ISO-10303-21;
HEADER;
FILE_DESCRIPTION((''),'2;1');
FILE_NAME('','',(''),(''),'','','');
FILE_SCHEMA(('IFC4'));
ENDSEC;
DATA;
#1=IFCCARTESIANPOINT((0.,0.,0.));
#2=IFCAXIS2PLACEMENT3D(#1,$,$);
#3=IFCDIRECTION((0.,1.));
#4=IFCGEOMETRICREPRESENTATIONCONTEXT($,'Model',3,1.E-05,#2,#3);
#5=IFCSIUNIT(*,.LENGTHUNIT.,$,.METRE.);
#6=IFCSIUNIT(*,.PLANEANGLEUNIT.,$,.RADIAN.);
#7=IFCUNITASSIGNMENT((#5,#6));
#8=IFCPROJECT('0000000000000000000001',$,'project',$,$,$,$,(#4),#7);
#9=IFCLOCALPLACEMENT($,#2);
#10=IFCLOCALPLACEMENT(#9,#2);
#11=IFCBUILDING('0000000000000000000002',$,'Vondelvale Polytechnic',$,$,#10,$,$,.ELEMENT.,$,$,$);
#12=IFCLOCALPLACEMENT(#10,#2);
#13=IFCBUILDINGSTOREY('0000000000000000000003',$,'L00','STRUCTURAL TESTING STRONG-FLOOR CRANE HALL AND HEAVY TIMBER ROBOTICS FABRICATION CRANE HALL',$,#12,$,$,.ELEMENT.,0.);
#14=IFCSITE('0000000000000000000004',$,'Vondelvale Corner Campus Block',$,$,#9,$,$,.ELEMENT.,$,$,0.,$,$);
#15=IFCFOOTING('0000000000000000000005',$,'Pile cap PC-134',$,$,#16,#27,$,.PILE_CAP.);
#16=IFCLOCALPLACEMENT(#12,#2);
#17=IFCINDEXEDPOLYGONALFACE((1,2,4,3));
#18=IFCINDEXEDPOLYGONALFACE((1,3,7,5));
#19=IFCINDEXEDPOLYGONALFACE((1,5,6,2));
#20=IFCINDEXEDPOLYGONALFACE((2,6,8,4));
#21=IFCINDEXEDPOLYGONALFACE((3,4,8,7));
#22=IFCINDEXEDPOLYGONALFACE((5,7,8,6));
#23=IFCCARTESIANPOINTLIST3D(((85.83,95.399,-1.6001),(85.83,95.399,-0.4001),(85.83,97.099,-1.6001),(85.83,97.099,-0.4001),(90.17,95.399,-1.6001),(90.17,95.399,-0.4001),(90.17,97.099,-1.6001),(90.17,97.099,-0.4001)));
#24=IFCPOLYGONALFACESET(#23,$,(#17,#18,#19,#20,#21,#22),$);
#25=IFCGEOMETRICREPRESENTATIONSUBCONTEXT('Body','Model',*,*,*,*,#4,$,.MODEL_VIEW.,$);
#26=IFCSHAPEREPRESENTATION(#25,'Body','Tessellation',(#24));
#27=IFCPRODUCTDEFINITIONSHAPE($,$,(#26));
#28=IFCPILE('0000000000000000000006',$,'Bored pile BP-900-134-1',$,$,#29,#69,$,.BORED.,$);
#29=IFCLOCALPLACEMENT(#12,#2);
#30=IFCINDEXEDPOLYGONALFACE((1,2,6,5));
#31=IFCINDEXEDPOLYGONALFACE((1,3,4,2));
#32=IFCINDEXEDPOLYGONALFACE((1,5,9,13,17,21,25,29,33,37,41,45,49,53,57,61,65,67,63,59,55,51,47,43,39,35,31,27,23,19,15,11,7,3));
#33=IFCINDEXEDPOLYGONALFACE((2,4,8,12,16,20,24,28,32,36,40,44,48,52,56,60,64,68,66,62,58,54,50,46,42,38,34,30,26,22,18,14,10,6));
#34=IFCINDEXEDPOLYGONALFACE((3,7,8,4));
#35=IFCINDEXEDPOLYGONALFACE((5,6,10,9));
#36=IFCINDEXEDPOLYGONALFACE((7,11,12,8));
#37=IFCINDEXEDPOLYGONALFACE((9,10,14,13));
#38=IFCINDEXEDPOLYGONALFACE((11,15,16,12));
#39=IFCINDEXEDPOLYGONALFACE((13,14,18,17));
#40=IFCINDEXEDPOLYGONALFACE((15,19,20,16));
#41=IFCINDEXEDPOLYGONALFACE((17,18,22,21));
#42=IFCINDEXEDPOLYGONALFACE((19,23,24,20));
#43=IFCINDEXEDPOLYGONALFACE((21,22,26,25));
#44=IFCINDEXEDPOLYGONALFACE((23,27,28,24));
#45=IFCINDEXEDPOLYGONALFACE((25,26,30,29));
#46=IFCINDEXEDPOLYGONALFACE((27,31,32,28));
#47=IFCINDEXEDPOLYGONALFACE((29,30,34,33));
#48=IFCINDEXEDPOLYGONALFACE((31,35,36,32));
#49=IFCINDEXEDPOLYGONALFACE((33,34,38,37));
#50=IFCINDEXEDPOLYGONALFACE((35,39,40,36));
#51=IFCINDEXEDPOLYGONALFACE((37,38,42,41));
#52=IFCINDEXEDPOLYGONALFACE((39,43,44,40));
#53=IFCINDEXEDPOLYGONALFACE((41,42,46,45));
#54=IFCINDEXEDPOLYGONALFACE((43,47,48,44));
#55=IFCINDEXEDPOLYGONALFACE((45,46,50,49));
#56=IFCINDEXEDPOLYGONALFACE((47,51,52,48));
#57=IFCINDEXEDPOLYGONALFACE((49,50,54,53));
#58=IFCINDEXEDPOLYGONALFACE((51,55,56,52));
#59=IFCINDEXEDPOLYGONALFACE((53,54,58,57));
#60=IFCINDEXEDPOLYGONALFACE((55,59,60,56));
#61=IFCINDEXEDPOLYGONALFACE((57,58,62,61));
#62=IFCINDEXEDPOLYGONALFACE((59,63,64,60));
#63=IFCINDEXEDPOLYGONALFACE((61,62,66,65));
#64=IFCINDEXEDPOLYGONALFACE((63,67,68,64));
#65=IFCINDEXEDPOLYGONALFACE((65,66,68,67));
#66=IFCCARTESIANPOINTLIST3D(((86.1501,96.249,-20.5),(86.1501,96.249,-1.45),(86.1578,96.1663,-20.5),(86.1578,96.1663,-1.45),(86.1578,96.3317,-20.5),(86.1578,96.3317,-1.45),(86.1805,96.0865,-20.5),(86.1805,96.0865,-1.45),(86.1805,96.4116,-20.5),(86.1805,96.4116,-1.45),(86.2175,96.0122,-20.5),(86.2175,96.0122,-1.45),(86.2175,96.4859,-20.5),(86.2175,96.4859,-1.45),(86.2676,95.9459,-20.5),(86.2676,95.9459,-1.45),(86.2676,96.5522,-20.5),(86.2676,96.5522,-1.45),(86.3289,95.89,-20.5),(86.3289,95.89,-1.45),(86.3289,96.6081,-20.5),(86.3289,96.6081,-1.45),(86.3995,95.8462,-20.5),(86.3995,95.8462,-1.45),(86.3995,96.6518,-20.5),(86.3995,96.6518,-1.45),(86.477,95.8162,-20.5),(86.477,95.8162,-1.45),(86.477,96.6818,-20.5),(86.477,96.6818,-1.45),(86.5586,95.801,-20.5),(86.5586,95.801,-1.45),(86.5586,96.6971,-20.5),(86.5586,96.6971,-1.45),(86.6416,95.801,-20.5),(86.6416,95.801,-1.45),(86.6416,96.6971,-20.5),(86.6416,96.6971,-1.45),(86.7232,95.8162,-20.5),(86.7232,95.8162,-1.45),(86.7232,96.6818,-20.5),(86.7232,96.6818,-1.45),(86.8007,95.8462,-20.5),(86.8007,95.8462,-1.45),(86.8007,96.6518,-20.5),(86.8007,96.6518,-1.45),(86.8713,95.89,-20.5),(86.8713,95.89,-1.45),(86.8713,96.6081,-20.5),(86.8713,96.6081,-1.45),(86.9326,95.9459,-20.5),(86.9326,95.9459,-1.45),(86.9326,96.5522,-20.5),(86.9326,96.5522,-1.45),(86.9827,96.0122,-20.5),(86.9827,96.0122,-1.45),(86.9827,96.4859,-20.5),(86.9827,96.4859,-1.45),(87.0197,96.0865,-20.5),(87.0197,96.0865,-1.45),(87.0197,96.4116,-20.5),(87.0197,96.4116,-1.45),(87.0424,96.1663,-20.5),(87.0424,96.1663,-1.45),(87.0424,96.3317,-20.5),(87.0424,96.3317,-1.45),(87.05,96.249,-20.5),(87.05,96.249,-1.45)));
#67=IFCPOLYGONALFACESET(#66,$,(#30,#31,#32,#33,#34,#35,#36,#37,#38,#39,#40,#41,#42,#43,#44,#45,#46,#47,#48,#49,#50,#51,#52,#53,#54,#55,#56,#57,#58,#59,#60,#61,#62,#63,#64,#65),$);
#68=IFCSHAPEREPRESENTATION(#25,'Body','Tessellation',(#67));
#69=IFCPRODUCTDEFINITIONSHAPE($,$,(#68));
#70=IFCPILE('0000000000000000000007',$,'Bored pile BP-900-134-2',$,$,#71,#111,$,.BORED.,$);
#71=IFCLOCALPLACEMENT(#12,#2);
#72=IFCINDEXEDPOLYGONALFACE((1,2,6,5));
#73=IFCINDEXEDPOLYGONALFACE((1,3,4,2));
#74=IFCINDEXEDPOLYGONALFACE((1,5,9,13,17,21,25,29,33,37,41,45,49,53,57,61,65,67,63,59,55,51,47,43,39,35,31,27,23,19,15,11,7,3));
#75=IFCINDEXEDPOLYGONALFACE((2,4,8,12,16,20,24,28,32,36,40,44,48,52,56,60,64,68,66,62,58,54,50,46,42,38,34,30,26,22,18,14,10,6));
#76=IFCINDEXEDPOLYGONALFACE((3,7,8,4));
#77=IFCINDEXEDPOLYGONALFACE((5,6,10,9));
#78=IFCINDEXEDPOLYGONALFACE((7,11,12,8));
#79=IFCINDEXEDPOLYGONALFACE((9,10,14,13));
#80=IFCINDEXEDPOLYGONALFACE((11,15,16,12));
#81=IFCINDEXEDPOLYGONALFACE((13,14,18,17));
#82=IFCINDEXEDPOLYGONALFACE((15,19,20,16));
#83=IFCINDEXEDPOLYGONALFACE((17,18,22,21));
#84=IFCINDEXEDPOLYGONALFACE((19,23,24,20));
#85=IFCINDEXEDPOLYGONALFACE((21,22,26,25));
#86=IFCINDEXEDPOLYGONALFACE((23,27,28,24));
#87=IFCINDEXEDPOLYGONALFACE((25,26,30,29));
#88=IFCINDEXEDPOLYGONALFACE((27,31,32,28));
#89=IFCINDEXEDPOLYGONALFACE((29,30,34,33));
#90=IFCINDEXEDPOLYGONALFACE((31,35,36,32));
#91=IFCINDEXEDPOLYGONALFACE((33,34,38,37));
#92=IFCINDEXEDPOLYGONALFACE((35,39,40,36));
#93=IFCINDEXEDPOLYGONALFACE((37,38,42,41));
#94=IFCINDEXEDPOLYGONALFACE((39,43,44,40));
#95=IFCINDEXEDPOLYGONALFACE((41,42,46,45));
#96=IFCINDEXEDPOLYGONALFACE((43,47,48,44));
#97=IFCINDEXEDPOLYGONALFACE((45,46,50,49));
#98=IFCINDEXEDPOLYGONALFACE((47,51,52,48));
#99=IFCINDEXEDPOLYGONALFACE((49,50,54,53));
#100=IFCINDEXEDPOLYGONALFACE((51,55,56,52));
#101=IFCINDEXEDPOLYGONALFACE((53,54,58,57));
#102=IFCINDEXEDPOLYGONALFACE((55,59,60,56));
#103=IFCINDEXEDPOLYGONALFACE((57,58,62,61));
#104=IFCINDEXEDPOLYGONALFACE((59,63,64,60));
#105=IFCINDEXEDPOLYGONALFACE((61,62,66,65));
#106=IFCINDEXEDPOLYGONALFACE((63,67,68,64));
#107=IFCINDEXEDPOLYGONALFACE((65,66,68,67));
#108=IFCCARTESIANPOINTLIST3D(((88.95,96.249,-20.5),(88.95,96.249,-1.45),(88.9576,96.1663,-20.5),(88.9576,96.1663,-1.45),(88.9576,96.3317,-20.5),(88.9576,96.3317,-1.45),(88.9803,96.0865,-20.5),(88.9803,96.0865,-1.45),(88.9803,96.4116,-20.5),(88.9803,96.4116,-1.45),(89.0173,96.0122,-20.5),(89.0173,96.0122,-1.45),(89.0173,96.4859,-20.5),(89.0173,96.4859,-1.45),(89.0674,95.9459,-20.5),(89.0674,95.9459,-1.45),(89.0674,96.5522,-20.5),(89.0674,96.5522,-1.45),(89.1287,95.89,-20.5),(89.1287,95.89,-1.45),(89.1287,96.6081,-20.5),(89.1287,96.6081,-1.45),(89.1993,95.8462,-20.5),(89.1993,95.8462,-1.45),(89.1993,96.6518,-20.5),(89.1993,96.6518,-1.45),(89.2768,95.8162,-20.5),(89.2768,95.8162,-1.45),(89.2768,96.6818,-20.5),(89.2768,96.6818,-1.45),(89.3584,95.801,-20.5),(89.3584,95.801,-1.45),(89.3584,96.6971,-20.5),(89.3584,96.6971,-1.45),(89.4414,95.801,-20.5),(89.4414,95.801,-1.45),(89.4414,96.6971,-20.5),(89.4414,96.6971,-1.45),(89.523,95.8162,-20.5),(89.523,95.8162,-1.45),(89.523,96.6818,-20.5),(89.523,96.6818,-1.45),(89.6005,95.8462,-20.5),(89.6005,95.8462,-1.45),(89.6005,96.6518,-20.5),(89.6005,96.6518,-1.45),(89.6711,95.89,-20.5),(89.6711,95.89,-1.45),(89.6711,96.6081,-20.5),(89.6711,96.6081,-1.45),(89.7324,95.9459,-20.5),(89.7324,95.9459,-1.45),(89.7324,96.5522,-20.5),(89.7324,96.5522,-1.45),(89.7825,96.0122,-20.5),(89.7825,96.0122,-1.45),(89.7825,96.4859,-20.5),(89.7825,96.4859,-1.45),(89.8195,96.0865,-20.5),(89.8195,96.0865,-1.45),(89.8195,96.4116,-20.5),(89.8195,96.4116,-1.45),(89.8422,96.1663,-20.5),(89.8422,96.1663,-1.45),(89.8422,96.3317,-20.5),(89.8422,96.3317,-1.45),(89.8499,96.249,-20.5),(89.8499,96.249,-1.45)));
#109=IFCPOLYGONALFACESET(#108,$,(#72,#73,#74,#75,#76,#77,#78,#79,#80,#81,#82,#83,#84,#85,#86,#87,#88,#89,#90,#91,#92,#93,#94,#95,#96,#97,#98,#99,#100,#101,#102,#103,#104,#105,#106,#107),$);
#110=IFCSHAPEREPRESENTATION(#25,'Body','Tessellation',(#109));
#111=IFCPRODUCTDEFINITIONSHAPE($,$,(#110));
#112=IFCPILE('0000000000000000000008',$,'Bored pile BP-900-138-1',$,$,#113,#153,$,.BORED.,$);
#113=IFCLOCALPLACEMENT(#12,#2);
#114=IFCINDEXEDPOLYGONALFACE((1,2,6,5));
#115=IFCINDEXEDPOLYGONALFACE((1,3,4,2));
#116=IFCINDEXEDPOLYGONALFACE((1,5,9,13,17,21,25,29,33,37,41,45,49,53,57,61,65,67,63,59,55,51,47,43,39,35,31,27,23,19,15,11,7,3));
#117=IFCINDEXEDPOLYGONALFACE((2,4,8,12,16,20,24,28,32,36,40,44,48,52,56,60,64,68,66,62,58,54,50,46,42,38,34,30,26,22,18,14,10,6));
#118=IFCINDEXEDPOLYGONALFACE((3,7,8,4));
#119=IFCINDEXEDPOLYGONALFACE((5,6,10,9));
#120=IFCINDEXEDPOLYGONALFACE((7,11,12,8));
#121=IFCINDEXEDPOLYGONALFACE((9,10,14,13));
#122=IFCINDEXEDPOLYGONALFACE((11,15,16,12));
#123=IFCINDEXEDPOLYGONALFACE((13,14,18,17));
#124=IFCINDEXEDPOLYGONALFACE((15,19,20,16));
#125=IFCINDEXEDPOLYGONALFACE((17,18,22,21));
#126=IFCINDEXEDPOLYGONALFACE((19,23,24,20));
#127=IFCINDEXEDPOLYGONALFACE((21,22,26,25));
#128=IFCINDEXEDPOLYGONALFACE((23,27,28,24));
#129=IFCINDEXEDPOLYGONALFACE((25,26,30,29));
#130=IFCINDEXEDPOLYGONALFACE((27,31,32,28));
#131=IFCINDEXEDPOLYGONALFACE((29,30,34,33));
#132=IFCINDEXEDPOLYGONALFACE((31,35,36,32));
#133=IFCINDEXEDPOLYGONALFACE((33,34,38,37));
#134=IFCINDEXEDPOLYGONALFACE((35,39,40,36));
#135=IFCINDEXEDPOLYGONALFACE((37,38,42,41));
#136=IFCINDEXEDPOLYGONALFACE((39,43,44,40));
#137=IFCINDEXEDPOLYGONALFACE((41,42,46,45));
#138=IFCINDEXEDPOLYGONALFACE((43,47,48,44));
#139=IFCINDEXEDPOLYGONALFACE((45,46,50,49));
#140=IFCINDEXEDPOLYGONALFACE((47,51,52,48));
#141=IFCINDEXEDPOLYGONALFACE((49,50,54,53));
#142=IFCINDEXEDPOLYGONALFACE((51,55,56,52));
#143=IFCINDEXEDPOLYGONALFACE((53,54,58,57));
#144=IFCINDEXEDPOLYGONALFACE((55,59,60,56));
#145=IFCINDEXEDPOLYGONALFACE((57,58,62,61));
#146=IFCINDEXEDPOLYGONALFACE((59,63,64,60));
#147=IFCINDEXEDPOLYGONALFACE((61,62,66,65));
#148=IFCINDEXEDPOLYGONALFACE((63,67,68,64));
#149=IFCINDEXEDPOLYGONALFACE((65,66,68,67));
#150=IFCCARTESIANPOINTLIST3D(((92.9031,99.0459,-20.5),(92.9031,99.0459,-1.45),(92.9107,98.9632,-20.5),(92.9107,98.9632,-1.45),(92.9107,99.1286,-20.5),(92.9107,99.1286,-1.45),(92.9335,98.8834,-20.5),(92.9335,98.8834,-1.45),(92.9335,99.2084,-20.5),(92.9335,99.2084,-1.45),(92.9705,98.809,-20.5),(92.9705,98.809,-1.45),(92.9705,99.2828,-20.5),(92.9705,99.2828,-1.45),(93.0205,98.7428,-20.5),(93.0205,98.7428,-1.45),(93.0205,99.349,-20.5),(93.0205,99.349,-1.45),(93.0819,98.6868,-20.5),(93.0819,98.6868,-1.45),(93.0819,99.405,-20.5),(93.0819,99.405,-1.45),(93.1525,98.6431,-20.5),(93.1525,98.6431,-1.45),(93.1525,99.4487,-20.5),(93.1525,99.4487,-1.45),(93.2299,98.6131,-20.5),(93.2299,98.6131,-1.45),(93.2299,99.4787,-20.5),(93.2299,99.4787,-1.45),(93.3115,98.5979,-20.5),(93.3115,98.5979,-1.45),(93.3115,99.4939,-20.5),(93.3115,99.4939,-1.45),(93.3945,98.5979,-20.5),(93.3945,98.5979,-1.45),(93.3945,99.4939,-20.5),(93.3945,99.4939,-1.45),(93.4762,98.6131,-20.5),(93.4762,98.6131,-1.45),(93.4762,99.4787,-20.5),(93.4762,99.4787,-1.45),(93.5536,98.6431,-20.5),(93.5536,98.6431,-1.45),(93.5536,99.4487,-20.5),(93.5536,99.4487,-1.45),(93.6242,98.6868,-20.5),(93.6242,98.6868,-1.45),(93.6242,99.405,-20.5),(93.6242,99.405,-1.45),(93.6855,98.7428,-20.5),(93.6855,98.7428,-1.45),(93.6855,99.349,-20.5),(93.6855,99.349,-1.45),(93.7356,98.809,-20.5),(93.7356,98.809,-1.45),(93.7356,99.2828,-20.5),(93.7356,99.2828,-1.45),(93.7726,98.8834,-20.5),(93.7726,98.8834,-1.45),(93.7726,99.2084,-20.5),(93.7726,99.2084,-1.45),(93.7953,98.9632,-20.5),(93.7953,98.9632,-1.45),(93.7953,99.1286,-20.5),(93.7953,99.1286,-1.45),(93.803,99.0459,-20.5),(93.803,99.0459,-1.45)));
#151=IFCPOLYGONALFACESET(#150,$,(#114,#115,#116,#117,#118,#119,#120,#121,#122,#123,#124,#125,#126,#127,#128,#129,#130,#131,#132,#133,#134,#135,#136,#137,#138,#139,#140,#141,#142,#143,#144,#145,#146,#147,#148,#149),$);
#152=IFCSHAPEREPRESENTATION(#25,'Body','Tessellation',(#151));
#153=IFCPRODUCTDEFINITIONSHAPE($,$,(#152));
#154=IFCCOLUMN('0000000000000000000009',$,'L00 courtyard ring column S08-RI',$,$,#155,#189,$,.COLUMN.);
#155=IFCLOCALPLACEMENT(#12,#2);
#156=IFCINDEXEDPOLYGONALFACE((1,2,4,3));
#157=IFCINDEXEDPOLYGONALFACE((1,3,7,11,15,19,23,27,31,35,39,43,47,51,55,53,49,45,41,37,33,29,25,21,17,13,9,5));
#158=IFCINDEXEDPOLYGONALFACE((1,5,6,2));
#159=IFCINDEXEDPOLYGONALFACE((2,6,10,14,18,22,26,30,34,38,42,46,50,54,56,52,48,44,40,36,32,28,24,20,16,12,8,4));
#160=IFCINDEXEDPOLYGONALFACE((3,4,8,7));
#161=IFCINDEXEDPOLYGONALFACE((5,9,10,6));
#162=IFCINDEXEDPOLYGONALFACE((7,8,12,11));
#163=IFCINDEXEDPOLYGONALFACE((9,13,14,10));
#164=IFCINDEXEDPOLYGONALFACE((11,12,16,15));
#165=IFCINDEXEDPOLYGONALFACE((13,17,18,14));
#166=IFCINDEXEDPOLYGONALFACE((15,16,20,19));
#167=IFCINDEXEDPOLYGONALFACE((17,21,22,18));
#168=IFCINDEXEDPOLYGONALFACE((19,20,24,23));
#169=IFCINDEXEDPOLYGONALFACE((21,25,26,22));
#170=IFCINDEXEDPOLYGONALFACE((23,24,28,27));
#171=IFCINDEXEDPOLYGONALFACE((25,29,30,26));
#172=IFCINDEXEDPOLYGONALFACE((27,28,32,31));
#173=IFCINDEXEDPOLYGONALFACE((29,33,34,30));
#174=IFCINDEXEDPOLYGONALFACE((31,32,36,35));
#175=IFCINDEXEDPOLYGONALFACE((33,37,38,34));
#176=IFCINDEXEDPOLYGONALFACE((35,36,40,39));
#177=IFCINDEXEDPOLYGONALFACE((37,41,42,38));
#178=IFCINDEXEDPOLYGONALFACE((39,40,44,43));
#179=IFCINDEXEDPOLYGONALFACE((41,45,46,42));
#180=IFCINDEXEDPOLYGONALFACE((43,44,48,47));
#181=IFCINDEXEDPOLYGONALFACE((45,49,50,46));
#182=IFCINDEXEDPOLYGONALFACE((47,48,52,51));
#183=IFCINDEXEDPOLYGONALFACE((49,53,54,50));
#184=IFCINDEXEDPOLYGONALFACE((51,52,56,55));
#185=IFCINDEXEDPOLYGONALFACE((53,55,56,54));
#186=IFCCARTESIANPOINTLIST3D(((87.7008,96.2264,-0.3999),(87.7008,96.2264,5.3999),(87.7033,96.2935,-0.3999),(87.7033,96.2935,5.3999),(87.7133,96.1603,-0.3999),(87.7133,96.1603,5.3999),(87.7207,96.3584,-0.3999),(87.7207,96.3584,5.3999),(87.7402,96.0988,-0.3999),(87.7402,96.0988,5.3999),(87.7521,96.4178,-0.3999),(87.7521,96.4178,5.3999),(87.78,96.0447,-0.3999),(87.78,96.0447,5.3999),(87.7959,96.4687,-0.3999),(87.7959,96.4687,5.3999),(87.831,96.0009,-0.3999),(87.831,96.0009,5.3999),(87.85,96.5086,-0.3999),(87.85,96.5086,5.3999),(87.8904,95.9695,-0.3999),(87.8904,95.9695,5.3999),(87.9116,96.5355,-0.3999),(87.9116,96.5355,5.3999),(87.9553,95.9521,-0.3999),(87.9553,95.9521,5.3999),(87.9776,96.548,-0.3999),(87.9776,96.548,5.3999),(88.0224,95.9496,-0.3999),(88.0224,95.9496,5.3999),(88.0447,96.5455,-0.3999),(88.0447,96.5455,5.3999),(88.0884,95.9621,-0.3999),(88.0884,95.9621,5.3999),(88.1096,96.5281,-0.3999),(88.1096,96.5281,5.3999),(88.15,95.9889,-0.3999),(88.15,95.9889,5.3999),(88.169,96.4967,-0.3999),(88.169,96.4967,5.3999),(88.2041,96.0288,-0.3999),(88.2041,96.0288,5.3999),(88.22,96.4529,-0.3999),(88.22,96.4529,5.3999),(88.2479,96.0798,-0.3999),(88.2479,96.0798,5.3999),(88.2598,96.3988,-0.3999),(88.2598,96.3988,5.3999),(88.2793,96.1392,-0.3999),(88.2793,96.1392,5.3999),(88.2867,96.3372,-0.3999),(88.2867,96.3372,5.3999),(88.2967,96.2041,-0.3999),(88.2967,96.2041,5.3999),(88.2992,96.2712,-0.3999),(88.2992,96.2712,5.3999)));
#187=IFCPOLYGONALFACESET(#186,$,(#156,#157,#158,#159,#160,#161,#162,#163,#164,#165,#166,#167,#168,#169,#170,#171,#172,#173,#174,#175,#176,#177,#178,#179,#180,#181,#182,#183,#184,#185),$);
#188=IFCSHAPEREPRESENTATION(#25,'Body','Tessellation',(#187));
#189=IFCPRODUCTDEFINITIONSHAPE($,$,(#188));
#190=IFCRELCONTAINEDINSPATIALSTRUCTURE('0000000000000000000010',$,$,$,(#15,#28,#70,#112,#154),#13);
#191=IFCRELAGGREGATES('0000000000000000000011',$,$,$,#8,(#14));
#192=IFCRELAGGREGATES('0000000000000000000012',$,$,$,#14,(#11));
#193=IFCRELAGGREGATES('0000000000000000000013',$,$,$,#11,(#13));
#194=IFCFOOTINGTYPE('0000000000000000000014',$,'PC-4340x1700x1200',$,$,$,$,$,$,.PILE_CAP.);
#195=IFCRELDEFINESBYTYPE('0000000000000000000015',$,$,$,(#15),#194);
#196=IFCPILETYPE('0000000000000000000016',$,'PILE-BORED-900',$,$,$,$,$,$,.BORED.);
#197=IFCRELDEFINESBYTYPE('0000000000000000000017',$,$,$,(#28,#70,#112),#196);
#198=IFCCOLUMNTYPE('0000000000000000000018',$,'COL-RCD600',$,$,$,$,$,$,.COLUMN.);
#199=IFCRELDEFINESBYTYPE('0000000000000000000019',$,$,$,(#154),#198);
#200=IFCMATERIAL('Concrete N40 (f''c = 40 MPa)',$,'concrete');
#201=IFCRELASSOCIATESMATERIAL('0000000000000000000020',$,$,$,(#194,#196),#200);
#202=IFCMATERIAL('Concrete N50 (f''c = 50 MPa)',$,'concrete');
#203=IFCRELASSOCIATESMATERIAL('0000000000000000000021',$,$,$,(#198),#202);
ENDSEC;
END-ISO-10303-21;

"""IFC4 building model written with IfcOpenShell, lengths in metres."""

from ifc_helpers import new_model, si_unit, direction, frame, origin, origin_2d, place, context, subcontext, project, spatial, rectangle, circle, extrude, material, material_profile, profile_set, type_object, element, save


model = new_model("IFC4")

# Units and contexts
model_context = context("Model", 3, precision=1e-05, world=origin(), true_north=direction((0.0, 1.0)))
body_context = subcontext(model_context, "Body", "Model", "MODEL_VIEW")
ifc_project = project(units=[si_unit("LENGTHUNIT", "METRE"), si_unit("PLANEANGLEUNIT", "RADIAN")], contexts=[model_context])

# Site, building, storey
site_placement = place(None, origin())
site = spatial("IfcSite", under=ifc_project, at=site_placement, Name="Vondelvale Corner Campus Block", CompositionType="ELEMENT", RefElevation=0.0)
building_placement = place(site_placement, origin())
building = spatial("IfcBuilding", under=site, at=building_placement, Name="Vondelvale Polytechnic", CompositionType="ELEMENT")
storey_placement = place(building_placement, origin())
storey = spatial("IfcBuildingStorey", under=building, at=storey_placement, Name="L00", Description="STRUCTURAL TESTING STRONG-FLOOR CRANE HALL AND HEAVY TIMBER ROBOTICS FABRICATION CRANE HALL", CompositionType="ELEMENT", Elevation=0.0)

# Footing
ifc_material_1 = material(Name="Concrete N40 (f'c = 40 MPa)", Category="concrete")
footing_type = type_object("IfcFootingType", Name="PC-4340x1700x1200", PredefinedType="PILE_CAP", material=ifc_material_1)
footing_placement = place(storey_placement, frame((88.0, 96.249, -1.6001), z_axis=(0.0, 0.0, 1.0), x_axis=(1.0, 0.0, 0.0)))
element("IfcFooting", 1, at=footing_placement, inside=storey, type_object=footing_type, Name="Pile cap PC-134", PredefinedType="PILE_CAP", context=body_context, shape_type="SweptSolid", body=[
    extrude(rectangle(XDim=4.3401, YDim=1.7, at=origin_2d()), origin(), (0.0, 0.0, 1.0), 1.2),
])

# Piles
ifc_material_profile_1 = material_profile(ifc_material_1, circle(Radius=0.45, at=origin_2d()), Name="PILE-D900")
ifc_profile_set_1 = profile_set([ifc_material_profile_1], Name="Concrete N40 (f'c = 40 MPa)")
pile_type = type_object("IfcPileType", Name="PILE-BORED-900", PredefinedType="BORED", material=ifc_profile_set_1)
for number, where, z_axis, x_axis, name in (
    (2, (86.6001, 96.249, -1.45), (0.0, 0.0, -1.0), (1.0, 0.0, 0.0), "Bored pile BP-900-134-1"),
    (3, (89.3999, 96.249, -1.45), (0.0, 0.0, -1.0), (1.0, 0.0, 0.0), "Bored pile BP-900-134-2"),
    (4, (93.353, 99.0459, -1.45), (0.0, 0.0, -1.0), (1.0, 0.0, 0.0), "Bored pile BP-900-138-1"),
):
    element("IfcPile", number, at=place(storey_placement, frame(where, z_axis=z_axis, x_axis=x_axis)), inside=storey, type_object=pile_type, Name=name, PredefinedType="BORED", context=body_context, shape_type="SweptSolid", body=[
        extrude(circle(Radius=0.45, at=origin_2d()), origin(), (0.0, 0.0, 1.0), 19.05),
    ])

# Column
ifc_material_2 = material(Name="Concrete N50 (f'c = 50 MPa)", Category="concrete")
ifc_material_profile_2 = material_profile(ifc_material_2, circle(Radius=0.3, at=origin_2d()), Name="RC-COL-D600")
ifc_profile_set_2 = profile_set([ifc_material_profile_2], Name="Concrete N50 (f'c = 50 MPa)")
column_type = type_object("IfcColumnType", Name="COL-RCD600", PredefinedType="COLUMN", material=ifc_profile_set_2)
column_placement = place(storey_placement, frame((88.0, 96.2488, -0.3999), z_axis=(0.0, 0.0, 1.0), x_axis=(-0.5, 0.866025, 0.0)))
element("IfcColumn", 5, at=column_placement, inside=storey, type_object=column_type, Name="L00 courtyard ring column S08-RI", PredefinedType="COLUMN", context=body_context, shape_type="SweptSolid", body=[
    extrude(circle(Radius=0.3, at=origin_2d()), origin(), (0.0, 0.0, 1.0), 5.7998),
])

save(model, "model.ifc")
